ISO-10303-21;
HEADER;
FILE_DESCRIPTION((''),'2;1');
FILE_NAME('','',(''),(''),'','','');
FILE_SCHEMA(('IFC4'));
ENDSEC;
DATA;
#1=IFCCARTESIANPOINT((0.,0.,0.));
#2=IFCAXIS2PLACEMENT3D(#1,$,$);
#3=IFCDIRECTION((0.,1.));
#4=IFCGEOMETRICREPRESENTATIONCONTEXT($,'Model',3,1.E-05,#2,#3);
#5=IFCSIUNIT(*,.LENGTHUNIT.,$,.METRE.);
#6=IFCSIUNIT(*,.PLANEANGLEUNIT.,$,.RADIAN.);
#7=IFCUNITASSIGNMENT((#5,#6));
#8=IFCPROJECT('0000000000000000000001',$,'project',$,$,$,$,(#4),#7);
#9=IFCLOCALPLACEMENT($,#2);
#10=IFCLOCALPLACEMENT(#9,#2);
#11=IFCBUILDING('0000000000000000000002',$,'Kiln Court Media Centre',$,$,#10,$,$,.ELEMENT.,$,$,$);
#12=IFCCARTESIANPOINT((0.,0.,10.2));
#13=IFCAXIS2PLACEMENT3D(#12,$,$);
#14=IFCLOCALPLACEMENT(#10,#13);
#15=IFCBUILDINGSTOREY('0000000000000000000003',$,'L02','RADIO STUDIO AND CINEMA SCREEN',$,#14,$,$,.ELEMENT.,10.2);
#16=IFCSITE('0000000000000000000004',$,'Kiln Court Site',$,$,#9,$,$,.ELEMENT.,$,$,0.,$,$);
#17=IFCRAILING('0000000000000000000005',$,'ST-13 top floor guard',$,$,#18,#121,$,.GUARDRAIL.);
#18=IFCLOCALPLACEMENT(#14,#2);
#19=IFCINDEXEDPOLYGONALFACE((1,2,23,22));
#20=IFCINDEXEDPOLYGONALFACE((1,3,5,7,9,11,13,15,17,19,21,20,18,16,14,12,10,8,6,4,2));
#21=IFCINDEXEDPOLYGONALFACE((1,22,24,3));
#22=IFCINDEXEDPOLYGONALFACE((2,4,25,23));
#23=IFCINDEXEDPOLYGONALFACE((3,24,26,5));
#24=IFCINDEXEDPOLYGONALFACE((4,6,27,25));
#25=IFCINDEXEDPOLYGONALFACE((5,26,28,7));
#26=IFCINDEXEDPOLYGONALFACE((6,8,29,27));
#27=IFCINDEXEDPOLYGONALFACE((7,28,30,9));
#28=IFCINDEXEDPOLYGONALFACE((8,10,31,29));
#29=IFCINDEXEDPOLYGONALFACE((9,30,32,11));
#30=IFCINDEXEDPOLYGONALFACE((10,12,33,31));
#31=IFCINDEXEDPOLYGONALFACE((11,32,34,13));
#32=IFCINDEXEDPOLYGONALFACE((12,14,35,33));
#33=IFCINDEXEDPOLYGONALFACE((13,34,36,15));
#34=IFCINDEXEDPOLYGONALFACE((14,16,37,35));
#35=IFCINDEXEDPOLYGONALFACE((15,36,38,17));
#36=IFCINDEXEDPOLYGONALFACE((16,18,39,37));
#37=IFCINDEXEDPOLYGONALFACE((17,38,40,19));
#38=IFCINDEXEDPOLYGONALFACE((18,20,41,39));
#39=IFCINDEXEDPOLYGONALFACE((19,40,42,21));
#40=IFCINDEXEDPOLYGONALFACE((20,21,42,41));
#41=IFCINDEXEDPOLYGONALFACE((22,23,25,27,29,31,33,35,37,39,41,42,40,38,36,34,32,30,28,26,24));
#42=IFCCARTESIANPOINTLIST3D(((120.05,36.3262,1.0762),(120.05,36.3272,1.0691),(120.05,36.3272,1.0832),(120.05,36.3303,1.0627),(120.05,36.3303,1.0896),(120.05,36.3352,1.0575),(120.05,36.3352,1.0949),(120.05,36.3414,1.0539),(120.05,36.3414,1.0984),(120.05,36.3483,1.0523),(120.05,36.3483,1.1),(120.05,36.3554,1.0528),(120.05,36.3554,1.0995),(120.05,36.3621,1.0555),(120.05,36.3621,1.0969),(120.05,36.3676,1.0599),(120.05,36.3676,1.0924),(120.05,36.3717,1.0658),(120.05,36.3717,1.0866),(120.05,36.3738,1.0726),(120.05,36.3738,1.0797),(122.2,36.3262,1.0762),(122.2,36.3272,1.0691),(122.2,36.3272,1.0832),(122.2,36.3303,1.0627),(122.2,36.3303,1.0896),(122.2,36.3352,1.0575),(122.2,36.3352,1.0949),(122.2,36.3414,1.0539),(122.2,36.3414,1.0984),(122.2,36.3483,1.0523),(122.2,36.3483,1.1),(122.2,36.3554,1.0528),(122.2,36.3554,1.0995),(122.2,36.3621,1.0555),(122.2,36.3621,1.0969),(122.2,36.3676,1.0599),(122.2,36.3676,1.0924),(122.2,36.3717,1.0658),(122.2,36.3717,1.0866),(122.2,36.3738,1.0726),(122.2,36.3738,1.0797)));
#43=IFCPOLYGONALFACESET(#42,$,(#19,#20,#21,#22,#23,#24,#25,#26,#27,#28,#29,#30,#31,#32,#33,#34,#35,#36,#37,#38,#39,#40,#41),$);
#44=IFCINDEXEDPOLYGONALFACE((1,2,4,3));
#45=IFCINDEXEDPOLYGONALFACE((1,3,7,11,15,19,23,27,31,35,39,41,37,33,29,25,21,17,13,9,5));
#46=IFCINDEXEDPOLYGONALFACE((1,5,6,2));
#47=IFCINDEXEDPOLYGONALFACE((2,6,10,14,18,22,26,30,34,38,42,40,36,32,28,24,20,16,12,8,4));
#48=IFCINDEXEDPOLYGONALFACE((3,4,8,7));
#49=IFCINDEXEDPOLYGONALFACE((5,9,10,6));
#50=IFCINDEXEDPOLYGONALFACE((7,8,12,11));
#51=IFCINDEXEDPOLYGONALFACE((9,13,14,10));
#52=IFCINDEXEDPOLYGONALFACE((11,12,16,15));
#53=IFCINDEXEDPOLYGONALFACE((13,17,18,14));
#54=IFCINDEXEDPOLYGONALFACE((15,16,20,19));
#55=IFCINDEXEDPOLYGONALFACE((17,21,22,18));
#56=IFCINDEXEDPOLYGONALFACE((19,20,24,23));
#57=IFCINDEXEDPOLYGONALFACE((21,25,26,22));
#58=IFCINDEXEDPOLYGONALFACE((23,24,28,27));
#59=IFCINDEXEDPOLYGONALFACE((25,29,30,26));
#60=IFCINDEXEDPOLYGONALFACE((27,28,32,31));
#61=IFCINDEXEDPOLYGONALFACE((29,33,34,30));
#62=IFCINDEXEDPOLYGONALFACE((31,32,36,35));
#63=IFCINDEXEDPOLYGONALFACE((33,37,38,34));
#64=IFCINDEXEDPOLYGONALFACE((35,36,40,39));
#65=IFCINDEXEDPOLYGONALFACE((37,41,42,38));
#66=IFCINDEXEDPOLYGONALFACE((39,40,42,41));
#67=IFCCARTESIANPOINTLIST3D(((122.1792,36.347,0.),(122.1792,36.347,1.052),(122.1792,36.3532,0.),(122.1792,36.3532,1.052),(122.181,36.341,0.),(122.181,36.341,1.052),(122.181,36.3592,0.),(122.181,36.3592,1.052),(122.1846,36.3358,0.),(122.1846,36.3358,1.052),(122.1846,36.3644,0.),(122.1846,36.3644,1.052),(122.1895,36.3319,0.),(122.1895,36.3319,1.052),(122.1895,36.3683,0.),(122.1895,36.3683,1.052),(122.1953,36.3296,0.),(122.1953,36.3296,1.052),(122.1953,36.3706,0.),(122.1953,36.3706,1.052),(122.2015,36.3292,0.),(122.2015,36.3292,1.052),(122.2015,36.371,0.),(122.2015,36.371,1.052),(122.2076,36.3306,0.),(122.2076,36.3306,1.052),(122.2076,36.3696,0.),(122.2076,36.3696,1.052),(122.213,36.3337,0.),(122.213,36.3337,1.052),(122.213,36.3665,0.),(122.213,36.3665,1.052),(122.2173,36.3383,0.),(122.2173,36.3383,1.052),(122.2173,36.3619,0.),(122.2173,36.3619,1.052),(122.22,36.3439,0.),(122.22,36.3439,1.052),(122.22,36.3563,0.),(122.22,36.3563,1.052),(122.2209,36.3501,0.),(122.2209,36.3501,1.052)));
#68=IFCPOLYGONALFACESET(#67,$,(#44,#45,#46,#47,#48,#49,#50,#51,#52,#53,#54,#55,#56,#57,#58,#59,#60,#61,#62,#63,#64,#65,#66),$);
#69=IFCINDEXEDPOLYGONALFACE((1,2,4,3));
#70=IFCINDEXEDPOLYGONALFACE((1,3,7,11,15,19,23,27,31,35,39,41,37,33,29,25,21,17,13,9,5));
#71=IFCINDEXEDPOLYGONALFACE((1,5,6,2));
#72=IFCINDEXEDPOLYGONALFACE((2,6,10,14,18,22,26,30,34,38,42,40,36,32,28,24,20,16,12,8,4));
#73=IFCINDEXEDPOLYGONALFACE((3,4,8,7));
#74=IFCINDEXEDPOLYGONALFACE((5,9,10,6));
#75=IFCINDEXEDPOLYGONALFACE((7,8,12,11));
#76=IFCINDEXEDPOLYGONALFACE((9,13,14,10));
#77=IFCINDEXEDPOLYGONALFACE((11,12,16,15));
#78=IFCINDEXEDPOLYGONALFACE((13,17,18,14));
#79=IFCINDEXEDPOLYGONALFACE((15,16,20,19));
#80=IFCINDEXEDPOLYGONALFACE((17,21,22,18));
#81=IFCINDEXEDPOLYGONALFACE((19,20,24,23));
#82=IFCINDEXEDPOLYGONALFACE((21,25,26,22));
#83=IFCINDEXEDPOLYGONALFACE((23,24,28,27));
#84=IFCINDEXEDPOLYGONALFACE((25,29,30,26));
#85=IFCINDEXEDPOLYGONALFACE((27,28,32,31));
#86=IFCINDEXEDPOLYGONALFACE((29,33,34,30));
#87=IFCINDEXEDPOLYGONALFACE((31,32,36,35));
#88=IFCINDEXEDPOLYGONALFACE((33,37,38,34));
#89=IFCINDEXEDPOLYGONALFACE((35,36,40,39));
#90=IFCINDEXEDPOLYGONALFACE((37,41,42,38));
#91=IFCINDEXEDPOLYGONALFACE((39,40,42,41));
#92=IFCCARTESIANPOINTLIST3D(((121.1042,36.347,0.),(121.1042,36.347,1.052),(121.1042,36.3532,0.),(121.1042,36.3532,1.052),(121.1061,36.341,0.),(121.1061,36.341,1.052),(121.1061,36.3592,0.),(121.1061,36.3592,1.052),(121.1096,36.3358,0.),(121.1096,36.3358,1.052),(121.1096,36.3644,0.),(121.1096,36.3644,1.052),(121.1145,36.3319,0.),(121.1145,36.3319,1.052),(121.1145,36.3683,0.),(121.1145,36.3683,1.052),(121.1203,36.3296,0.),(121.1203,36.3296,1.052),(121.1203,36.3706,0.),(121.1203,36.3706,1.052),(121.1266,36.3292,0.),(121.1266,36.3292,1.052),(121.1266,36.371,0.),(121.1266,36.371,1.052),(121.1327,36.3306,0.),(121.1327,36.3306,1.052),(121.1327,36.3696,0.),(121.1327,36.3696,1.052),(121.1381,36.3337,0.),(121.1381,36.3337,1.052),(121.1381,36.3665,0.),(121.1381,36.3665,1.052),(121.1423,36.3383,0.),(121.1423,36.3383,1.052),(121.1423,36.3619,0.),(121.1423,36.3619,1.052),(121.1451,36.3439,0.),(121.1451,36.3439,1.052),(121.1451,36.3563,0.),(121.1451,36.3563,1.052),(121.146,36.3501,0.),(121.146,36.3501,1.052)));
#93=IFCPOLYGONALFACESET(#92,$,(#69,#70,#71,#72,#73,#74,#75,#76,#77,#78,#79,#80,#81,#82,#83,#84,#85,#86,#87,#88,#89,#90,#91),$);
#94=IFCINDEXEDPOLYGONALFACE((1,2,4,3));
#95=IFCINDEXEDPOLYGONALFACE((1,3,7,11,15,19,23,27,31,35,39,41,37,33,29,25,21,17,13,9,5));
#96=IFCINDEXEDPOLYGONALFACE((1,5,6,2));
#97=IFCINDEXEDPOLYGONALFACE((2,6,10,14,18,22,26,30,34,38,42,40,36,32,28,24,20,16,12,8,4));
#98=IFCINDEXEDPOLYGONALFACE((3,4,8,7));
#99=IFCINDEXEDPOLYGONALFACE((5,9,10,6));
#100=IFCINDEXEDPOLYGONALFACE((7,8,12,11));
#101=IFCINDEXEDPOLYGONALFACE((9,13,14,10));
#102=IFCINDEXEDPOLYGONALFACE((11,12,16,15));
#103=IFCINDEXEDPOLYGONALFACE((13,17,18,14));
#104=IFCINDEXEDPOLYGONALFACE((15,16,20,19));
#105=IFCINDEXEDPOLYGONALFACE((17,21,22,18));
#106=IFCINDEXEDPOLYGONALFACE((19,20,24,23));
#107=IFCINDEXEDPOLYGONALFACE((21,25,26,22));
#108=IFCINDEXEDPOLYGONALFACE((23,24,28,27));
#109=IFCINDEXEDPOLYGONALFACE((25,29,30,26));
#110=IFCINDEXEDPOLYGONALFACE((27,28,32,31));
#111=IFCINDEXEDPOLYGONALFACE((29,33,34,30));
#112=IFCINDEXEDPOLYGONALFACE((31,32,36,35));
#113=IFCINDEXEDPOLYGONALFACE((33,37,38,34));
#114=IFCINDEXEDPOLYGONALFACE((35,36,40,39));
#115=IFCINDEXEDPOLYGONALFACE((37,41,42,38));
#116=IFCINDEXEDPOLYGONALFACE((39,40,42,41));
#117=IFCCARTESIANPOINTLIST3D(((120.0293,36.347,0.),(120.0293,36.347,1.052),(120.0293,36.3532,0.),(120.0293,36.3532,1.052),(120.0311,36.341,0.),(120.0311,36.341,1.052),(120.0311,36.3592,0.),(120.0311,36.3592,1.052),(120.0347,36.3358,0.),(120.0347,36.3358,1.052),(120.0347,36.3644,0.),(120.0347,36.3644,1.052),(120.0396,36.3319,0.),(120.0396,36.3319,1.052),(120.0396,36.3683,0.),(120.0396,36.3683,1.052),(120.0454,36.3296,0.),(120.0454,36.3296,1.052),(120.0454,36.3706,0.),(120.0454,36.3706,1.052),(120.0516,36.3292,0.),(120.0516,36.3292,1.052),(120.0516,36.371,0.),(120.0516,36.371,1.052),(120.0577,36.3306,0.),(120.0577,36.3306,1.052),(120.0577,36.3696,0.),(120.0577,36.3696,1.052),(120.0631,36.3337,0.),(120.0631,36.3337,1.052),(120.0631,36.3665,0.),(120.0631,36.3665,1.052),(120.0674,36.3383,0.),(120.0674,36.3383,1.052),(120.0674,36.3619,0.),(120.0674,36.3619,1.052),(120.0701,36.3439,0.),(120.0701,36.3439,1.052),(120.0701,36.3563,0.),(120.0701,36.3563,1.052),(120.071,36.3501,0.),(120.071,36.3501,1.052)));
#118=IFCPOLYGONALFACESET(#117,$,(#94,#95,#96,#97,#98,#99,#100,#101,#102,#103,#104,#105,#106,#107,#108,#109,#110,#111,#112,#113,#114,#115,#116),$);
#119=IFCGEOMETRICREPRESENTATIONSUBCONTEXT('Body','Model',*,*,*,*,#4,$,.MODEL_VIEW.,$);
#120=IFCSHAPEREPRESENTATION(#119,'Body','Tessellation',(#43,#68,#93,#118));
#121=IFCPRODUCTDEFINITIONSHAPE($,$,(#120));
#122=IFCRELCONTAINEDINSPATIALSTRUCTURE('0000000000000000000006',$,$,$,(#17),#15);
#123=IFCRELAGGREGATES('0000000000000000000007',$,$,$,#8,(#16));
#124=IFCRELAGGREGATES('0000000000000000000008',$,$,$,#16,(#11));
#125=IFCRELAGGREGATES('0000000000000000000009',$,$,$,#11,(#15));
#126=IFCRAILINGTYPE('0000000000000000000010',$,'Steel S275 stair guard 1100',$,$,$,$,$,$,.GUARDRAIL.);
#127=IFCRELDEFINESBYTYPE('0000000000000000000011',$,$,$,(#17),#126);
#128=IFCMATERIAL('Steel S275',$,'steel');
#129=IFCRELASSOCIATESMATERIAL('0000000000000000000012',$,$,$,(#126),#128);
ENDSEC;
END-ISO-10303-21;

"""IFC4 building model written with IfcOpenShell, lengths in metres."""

from ifc_helpers import new_model, si_unit, direction, frame, origin, origin_2d, place, context, subcontext, project, spatial, circle, extrude, material, type_object, element, save


model = new_model("IFC4")

# Units and contexts
model_context = context("Model", 3, precision=1e-05, world=origin(), true_north=direction((0.0, 1.0)))
body_context = subcontext(model_context, "Body", "Model", "MODEL_VIEW")
ifc_project = project(units=[si_unit("LENGTHUNIT", "METRE"), si_unit("PLANEANGLEUNIT", "RADIAN")], contexts=[model_context])

# Site, building, storey
site_placement = place(None, origin())
site = spatial("IfcSite", under=ifc_project, at=site_placement, Name="Kiln Court Site", CompositionType="ELEMENT", RefElevation=0.0)
building_placement = place(site_placement, origin())
building = spatial("IfcBuilding", under=site, at=building_placement, Name="Kiln Court Media Centre", CompositionType="ELEMENT")
storey_placement = place(building_placement, frame((0.0, 0.0, 10.2)))
storey = spatial("IfcBuildingStorey", under=building, at=storey_placement, Name="L02", Description="RADIO STUDIO AND CINEMA SCREEN", CompositionType="ELEMENT", Elevation=10.2)

# Railing
ifc_material_1 = material(Name="Steel S275", Category="steel")
railing_type = type_object("IfcRailingType", Name="Steel S275 stair guard 1100", PredefinedType="GUARDRAIL", material=ifc_material_1)
railing_1_placement = place(storey_placement, frame((122.2, 36.3501, 0.0)))
element("IfcRailing", 1, at=railing_1_placement, inside=storey, type_object=railing_type, Name="ST-13 top floor guard", PredefinedType="GUARDRAIL", context=body_context, shape_type="SweptSolid", body=[
    extrude(circle(Radius=0.0239, at=origin_2d()), frame((0.0, 0.0, 1.0762), z_axis=(-1.0, 0.0, 0.0), x_axis=(0.0, -1.0, 0.0)), (0.0, 0.0, 1.0), 2.1499),
    extrude(circle(Radius=0.021, at=origin_2d()), origin(), (0.0, 0.0, 1.0), 1.052),
    extrude(circle(Radius=0.021, at=origin_2d()), frame((-1.075, 0.0, 0.0)), (0.0, 0.0, 1.0), 1.052),
    extrude(circle(Radius=0.021, at=origin_2d()), frame((-2.1499, 0.0, 0.0)), (0.0, 0.0, 1.0), 1.052),
])

save(model, "model.ifc")
